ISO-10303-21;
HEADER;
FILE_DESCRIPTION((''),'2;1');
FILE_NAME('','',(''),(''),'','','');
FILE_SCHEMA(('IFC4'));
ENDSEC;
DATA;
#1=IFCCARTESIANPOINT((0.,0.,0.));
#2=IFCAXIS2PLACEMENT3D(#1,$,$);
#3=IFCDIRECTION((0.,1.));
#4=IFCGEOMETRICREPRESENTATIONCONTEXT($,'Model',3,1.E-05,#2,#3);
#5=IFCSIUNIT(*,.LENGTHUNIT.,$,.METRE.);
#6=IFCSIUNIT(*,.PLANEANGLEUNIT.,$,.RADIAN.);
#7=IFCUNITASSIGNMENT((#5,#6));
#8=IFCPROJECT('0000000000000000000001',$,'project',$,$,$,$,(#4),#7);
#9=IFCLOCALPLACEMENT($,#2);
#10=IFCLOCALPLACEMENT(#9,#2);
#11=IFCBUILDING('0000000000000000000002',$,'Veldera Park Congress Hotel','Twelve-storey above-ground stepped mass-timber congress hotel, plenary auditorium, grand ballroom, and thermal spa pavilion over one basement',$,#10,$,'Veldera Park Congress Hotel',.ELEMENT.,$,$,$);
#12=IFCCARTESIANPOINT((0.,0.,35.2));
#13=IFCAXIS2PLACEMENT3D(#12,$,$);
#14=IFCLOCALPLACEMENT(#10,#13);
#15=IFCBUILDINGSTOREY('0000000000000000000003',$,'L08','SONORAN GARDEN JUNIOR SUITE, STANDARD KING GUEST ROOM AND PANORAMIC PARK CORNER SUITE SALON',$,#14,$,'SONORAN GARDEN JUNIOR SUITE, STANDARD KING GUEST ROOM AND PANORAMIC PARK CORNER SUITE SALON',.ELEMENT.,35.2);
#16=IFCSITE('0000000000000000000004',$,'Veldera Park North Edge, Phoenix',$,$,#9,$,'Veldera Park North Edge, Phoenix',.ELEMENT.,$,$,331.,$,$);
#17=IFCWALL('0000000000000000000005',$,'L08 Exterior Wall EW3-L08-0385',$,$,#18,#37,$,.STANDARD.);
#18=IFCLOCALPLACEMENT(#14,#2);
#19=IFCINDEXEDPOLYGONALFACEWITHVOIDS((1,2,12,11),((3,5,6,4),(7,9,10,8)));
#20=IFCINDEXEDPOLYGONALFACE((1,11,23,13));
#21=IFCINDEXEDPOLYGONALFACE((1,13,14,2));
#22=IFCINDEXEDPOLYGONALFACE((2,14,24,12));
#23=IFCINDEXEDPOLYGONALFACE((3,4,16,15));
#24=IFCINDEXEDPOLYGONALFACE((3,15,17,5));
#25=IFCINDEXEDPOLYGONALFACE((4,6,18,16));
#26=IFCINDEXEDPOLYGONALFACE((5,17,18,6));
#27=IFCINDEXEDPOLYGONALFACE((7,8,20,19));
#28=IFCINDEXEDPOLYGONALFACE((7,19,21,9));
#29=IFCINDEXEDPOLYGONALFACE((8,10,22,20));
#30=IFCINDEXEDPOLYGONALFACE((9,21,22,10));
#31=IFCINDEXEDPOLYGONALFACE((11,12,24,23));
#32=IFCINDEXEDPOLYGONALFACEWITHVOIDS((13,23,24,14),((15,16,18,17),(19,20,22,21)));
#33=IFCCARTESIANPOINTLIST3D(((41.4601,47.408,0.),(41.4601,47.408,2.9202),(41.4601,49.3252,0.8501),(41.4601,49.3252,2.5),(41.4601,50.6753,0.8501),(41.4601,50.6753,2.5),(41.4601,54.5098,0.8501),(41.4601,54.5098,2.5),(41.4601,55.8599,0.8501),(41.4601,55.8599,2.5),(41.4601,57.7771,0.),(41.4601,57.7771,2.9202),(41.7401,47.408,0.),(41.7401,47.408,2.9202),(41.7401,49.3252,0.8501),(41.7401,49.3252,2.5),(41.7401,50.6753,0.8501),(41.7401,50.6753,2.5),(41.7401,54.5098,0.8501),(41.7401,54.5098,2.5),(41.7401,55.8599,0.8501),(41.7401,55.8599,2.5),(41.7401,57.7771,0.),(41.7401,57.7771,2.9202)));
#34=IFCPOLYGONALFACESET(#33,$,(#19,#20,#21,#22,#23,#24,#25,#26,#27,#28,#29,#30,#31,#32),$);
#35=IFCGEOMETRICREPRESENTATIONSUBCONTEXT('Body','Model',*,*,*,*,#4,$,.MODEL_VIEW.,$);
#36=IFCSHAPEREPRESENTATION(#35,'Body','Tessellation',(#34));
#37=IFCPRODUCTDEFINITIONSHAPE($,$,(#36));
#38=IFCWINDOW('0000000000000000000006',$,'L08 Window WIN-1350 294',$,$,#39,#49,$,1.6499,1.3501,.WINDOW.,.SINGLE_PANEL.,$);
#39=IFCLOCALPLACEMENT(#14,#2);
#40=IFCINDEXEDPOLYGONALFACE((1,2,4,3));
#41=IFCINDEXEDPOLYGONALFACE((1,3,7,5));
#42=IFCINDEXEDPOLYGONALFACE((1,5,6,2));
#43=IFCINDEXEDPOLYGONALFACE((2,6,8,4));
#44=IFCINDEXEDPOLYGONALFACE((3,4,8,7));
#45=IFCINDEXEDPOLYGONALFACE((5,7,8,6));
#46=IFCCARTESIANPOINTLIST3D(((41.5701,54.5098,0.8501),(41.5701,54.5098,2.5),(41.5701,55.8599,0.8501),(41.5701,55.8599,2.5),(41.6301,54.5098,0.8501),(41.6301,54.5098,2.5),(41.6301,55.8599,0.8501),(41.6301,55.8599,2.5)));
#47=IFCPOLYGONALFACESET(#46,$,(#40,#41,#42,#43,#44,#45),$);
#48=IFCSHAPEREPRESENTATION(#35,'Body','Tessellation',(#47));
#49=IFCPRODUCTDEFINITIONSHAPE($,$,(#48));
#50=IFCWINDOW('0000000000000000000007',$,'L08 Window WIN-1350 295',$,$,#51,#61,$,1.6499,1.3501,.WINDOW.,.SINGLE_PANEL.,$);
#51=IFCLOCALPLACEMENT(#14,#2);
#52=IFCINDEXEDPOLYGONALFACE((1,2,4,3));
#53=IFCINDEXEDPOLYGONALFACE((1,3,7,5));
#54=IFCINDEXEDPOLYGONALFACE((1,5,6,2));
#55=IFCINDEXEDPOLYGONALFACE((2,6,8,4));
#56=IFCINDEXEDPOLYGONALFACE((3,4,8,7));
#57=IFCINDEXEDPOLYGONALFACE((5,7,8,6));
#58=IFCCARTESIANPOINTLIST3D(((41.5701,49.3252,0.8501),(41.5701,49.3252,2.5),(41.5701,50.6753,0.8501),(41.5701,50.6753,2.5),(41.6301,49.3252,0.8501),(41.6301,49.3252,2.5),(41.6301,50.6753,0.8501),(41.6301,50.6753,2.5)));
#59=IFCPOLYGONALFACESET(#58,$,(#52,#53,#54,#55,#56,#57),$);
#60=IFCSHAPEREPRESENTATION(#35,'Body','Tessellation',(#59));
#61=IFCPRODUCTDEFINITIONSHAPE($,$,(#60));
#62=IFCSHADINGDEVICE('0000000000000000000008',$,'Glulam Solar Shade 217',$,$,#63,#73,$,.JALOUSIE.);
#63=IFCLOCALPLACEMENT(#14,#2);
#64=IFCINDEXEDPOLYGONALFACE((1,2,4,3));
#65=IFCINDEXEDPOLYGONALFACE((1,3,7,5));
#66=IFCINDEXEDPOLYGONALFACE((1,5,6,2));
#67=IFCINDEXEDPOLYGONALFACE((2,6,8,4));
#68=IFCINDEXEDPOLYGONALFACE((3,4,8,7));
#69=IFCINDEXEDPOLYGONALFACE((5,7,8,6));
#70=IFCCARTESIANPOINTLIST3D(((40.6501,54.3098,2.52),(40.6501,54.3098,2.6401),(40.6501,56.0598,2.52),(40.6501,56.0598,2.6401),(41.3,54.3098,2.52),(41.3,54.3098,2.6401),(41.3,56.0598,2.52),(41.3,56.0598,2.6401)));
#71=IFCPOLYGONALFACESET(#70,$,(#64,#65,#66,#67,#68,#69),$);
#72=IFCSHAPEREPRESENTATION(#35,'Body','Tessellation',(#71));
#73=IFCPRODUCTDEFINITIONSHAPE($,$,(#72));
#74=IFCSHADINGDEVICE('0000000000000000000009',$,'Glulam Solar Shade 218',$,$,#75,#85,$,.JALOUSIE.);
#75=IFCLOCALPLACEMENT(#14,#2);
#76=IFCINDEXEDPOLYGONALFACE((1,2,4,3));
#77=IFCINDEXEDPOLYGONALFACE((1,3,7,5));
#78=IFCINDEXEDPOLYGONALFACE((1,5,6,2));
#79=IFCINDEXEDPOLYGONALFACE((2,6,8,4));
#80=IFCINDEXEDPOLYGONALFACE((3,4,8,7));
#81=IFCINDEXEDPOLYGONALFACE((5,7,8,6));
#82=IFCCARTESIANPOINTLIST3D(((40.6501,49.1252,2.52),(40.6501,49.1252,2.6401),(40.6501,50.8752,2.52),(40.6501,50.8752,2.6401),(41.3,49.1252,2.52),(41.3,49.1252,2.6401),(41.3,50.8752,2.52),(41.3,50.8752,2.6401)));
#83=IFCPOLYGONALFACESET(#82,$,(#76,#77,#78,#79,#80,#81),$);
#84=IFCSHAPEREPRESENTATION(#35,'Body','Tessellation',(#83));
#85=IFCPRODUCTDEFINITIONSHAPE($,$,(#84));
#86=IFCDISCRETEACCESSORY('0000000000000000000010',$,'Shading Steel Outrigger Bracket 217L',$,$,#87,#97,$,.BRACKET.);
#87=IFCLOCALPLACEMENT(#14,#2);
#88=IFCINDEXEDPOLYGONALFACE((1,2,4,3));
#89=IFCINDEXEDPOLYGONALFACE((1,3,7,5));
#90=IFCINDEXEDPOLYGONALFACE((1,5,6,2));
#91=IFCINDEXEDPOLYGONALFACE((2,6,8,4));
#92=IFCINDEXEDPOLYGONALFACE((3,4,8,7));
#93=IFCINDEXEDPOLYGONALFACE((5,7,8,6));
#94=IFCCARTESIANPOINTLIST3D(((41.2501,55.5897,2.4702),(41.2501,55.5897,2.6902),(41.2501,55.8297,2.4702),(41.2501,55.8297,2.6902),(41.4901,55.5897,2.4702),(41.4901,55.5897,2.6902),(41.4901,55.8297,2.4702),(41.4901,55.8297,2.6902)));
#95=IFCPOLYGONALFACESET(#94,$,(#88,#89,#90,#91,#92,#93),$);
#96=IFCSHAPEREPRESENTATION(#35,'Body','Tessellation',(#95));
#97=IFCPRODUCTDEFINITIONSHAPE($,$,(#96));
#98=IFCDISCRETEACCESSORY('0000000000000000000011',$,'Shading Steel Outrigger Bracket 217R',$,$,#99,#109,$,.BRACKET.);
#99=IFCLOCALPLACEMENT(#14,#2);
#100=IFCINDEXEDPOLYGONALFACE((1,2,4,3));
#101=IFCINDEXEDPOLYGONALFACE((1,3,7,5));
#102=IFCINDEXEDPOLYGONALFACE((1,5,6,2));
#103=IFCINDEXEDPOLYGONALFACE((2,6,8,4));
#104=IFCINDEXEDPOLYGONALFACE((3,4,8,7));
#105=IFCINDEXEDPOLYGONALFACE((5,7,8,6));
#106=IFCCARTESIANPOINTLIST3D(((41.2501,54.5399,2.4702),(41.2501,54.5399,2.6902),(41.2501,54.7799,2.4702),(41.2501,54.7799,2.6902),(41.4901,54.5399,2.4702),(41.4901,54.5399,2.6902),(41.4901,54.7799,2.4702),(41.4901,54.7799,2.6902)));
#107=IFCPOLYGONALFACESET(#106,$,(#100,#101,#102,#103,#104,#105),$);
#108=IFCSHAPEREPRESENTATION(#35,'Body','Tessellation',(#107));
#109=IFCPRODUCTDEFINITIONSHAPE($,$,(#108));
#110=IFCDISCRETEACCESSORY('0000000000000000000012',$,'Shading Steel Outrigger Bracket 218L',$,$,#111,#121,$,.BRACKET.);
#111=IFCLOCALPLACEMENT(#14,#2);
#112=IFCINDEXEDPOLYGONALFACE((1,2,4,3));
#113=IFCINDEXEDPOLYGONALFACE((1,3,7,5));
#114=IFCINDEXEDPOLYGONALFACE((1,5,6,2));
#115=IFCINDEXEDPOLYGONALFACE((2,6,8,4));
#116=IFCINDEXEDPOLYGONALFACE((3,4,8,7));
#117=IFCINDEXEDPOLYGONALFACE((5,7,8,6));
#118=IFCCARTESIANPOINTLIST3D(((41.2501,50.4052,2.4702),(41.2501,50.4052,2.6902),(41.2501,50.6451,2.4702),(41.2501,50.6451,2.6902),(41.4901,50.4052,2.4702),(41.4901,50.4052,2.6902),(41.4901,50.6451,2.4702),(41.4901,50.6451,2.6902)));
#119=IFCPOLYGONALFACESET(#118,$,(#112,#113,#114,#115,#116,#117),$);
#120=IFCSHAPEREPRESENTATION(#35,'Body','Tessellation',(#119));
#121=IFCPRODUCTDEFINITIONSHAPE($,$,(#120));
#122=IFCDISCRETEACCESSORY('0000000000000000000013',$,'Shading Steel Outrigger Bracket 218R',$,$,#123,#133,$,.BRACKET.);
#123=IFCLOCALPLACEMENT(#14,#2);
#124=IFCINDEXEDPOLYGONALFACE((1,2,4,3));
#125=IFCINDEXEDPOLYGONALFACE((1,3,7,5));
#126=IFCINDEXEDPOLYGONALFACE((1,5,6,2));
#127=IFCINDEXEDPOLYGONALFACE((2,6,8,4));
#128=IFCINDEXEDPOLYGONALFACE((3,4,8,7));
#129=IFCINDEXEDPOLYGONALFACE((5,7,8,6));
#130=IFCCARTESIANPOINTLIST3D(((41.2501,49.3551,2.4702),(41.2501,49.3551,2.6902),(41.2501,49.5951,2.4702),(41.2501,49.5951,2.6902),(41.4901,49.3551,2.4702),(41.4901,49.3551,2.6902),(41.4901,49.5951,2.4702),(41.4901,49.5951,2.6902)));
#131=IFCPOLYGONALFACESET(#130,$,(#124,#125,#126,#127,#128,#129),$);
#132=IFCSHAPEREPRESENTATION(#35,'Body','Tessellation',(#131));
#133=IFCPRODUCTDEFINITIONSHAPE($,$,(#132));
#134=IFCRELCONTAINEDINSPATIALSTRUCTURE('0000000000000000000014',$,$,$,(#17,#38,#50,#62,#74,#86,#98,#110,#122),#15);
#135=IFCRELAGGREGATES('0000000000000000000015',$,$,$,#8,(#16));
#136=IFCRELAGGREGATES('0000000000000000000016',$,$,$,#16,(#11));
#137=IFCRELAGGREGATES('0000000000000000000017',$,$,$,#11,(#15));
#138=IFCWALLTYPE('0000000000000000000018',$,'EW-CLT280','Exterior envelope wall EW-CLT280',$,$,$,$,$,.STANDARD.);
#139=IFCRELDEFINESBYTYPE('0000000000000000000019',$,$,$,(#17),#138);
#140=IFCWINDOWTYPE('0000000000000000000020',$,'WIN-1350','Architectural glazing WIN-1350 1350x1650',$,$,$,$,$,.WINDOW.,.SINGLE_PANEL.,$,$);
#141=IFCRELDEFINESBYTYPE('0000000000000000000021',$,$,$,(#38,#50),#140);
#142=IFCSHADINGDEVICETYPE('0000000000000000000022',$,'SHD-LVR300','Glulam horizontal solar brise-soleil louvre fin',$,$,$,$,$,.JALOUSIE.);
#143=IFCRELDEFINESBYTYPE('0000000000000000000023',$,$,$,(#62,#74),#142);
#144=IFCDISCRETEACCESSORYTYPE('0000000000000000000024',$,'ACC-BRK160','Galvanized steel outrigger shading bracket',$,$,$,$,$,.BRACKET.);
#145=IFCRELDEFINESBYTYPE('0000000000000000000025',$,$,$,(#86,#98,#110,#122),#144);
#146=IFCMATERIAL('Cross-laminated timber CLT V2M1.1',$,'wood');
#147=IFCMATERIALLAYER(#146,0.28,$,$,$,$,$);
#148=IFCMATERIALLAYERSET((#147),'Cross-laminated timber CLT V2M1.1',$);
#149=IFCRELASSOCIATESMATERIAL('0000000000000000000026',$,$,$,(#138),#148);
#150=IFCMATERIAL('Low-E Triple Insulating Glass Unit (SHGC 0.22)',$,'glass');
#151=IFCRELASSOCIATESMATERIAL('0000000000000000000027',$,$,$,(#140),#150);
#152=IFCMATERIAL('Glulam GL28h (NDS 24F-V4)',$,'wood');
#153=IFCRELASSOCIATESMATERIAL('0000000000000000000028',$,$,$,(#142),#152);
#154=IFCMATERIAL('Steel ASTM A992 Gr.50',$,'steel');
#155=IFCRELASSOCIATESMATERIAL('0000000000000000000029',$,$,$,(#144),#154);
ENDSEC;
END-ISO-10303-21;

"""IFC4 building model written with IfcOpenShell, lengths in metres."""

from ifc_helpers import new_model, si_unit, direction, frame, frame_2d, origin, origin_2d, place, context, subcontext, project, spatial, rectangle, extrude, material, layer, layer_set, type_object, element, fill, save


model = new_model("IFC4")

# Units and contexts
model_context = context("Model", 3, precision=1e-05, world=origin(), true_north=direction((0.0, 1.0)))
body_context = subcontext(model_context, "Body", "Model", "MODEL_VIEW")
ifc_project = project(units=[si_unit("LENGTHUNIT", "METRE"), si_unit("PLANEANGLEUNIT", "RADIAN")], contexts=[model_context])

# Site, building, storey
site_placement = place(None, origin())
site = spatial("IfcSite", under=ifc_project, at=site_placement, Name="Veldera Park North Edge, Phoenix", LongName="Veldera Park North Edge, Phoenix", CompositionType="ELEMENT", RefElevation=331.0)
building_placement = place(site_placement, origin())
building = spatial("IfcBuilding", under=site, at=building_placement, Name="Veldera Park Congress Hotel", Description="Twelve-storey above-ground stepped mass-timber congress hotel, plenary auditorium, grand ballroom, and thermal spa pavilion over one basement", LongName="Veldera Park Congress Hotel", CompositionType="ELEMENT")
storey_placement = place(building_placement, frame((0.0, 0.0, 35.2)))
storey = spatial("IfcBuildingStorey", under=building, at=storey_placement, Name="L08", Description="SONORAN GARDEN JUNIOR SUITE, STANDARD KING GUEST ROOM AND PANORAMIC PARK CORNER SUITE SALON", LongName="SONORAN GARDEN JUNIOR SUITE, STANDARD KING GUEST ROOM AND PANORAMIC PARK CORNER SUITE SALON", CompositionType="ELEMENT", Elevation=35.2)

# Shared definitions
ifc_material_1 = material(Name="Glulam GL28h (NDS 24F-V4)", Category="wood")

# Shared definitions
ifc_material_2 = material(Name="Cross-laminated timber CLT V2M1.1", Category="wood")
ifc_layer = layer(ifc_material_2, 0.28)
ifc_layer_set = layer_set([ifc_layer], Name="Cross-laminated timber CLT V2M1.1")
wall_type = type_object("IfcWallType", Name="EW-CLT280", Description="Exterior envelope wall EW-CLT280", PredefinedType="STANDARD", material=ifc_layer_set)
ifc_material_3 = material(Name="Low-E Triple Insulating Glass Unit (SHGC 0.22)", Category="glass")

# Wall, openings, windows
wall_1_placement = place(storey_placement, frame((41.6001, 57.7771, 0.0), z_axis=(0.0, 0.0, 1.0), x_axis=(0.0, -1.0, 0.0)))
wall_1 = element("IfcWall", 1, at=wall_1_placement, inside=storey, type_object=wall_type, Name="L08 Exterior Wall EW3-L08-0385", PredefinedType="STANDARD", context=body_context, shape_type="SweptSolid", body=[
    extrude(rectangle(XDim=10.3691, YDim=0.28, at=frame_2d((5.1846, 0.0))), origin(), (0.0, 0.0, 1.0), 2.9202),
])
opening_1_placement = place(wall_1_placement, frame((1.9172, 0.0, 0.8501)))
opening_1 = element("IfcOpeningElement", 2, at=opening_1_placement, cuts=wall_1, PredefinedType="OPENING", context=body_context, shape_type="SweptSolid", body=[
    extrude(rectangle(XDim=1.3501, YDim=1.6499, at=frame_2d((0.675, 0.825))), frame((0.0, 0.1521, 0.0), z_axis=(0.0, -1.0, 0.0), x_axis=(1.0, 0.0, 0.0)), (0.0, 0.0, 1.0), 0.304),
])
opening_2_placement = place(wall_1_placement, frame((7.1018, 0.0, 0.8501)))
opening_2 = element("IfcOpeningElement", 3, at=opening_2_placement, cuts=wall_1, PredefinedType="OPENING", context=body_context, shape_type="SweptSolid", body=[
    extrude(rectangle(XDim=1.3501, YDim=1.6499, at=frame_2d((0.675, 0.825))), frame((0.0, 0.1521, 0.0), z_axis=(0.0, -1.0, 0.0), x_axis=(1.0, 0.0, 0.0)), (0.0, 0.0, 1.0), 0.304),
])
window_type_1 = type_object("IfcWindowType", Name="WIN-1350", Description="Architectural glazing WIN-1350 1350x1650", PartitioningType="SINGLE_PANEL", PredefinedType="WINDOW", material=ifc_material_3)
window_1_placement = place(opening_1_placement, origin())
window_1 = element("IfcWindow", 4, at=window_1_placement, inside=storey, type_object=window_type_1, Name="L08 Window WIN-1350 294", OverallHeight=1.6499, OverallWidth=1.3501, PartitioningType="SINGLE_PANEL", PredefinedType="WINDOW", context=body_context, shape_type="SweptSolid", body=[
    extrude(rectangle(XDim=1.3501, YDim=1.6499, at=frame_2d((0.675, 0.825))), frame((0.0, 0.03, 0.0), z_axis=(0.0, -1.0, 0.0), x_axis=(1.0, 0.0, 0.0)), (0.0, 0.0, 1.0), 0.0601),
])
fill(opening_1, window_1)
window_2_placement = place(opening_2_placement, origin())
window_2 = element("IfcWindow", 5, at=window_2_placement, inside=storey, type_object=window_type_1, Name="L08 Window WIN-1350 295", OverallHeight=1.6499, OverallWidth=1.3501, PartitioningType="SINGLE_PANEL", PredefinedType="WINDOW", context=body_context, shape_type="SweptSolid", body=[
    extrude(rectangle(XDim=1.3501, YDim=1.6499, at=frame_2d((0.675, 0.825))), frame((0.0, 0.03, 0.0), z_axis=(0.0, -1.0, 0.0), x_axis=(1.0, 0.0, 0.0)), (0.0, 0.0, 1.0), 0.0601),
])
fill(opening_2, window_2)

# Shading devices
shading_device_type = type_object("IfcShadingDeviceType", Name="SHD-LVR300", Description="Glulam horizontal solar brise-soleil louvre fin", PredefinedType="JALOUSIE", material=ifc_material_1)
for number, where, z_axis, x_axis, name in (
    (6, (40.9751, 55.1848, 2.52), (0.0, 0.0, 1.0), (0.0, -1.0, 0.0), "Glulam Solar Shade 217"),
    (7, (40.9751, 50.0002, 2.52), (0.0, 0.0, 1.0), (0.0, -1.0, 0.0), "Glulam Solar Shade 218"),
):
    element("IfcShadingDevice", number, at=place(storey_placement, frame(where, z_axis=z_axis, x_axis=x_axis)), inside=storey, type_object=shading_device_type, Name=name, PredefinedType="JALOUSIE", context=body_context, shape_type="SweptSolid", body=[
        extrude(rectangle(XDim=1.75, YDim=0.6499, at=origin_2d()), origin(), (0.0, 0.0, 1.0), 0.1201),
    ])

# Discrete accessories
ifc_material_4 = material(Name="Steel ASTM A992 Gr.50", Category="steel")
discrete_accessory_type = type_object("IfcDiscreteAccessoryType", Name="ACC-BRK160", Description="Galvanized steel outrigger shading bracket", PredefinedType="BRACKET", material=ifc_material_4)
for number, where, z_axis, x_axis, name in (
    (8, (41.3701, 55.7097, 2.4702), (0.0, 0.0, 1.0), (0.0, -1.0, 0.0), "Shading Steel Outrigger Bracket 217L"),
    (9, (41.3701, 54.6599, 2.4702), (0.0, 0.0, 1.0), (0.0, -1.0, 0.0), "Shading Steel Outrigger Bracket 217R"),
    (10, (41.3701, 50.5251, 2.4702), (0.0, 0.0, 1.0), (0.0, -1.0, 0.0), "Shading Steel Outrigger Bracket 218L"),
    (11, (41.3701, 49.4751, 2.4702), (0.0, 0.0, 1.0), (0.0, -1.0, 0.0), "Shading Steel Outrigger Bracket 218R"),
):
    element("IfcDiscreteAccessory", number, at=place(storey_placement, frame(where, z_axis=z_axis, x_axis=x_axis)), inside=storey, type_object=discrete_accessory_type, Name=name, PredefinedType="BRACKET", context=body_context, shape_type="SweptSolid", body=[
        extrude(rectangle(XDim=0.24, YDim=0.24, at=origin_2d()), origin(), (0.0, 0.0, 1.0), 0.22),
    ])

save(model, "model.ifc")
